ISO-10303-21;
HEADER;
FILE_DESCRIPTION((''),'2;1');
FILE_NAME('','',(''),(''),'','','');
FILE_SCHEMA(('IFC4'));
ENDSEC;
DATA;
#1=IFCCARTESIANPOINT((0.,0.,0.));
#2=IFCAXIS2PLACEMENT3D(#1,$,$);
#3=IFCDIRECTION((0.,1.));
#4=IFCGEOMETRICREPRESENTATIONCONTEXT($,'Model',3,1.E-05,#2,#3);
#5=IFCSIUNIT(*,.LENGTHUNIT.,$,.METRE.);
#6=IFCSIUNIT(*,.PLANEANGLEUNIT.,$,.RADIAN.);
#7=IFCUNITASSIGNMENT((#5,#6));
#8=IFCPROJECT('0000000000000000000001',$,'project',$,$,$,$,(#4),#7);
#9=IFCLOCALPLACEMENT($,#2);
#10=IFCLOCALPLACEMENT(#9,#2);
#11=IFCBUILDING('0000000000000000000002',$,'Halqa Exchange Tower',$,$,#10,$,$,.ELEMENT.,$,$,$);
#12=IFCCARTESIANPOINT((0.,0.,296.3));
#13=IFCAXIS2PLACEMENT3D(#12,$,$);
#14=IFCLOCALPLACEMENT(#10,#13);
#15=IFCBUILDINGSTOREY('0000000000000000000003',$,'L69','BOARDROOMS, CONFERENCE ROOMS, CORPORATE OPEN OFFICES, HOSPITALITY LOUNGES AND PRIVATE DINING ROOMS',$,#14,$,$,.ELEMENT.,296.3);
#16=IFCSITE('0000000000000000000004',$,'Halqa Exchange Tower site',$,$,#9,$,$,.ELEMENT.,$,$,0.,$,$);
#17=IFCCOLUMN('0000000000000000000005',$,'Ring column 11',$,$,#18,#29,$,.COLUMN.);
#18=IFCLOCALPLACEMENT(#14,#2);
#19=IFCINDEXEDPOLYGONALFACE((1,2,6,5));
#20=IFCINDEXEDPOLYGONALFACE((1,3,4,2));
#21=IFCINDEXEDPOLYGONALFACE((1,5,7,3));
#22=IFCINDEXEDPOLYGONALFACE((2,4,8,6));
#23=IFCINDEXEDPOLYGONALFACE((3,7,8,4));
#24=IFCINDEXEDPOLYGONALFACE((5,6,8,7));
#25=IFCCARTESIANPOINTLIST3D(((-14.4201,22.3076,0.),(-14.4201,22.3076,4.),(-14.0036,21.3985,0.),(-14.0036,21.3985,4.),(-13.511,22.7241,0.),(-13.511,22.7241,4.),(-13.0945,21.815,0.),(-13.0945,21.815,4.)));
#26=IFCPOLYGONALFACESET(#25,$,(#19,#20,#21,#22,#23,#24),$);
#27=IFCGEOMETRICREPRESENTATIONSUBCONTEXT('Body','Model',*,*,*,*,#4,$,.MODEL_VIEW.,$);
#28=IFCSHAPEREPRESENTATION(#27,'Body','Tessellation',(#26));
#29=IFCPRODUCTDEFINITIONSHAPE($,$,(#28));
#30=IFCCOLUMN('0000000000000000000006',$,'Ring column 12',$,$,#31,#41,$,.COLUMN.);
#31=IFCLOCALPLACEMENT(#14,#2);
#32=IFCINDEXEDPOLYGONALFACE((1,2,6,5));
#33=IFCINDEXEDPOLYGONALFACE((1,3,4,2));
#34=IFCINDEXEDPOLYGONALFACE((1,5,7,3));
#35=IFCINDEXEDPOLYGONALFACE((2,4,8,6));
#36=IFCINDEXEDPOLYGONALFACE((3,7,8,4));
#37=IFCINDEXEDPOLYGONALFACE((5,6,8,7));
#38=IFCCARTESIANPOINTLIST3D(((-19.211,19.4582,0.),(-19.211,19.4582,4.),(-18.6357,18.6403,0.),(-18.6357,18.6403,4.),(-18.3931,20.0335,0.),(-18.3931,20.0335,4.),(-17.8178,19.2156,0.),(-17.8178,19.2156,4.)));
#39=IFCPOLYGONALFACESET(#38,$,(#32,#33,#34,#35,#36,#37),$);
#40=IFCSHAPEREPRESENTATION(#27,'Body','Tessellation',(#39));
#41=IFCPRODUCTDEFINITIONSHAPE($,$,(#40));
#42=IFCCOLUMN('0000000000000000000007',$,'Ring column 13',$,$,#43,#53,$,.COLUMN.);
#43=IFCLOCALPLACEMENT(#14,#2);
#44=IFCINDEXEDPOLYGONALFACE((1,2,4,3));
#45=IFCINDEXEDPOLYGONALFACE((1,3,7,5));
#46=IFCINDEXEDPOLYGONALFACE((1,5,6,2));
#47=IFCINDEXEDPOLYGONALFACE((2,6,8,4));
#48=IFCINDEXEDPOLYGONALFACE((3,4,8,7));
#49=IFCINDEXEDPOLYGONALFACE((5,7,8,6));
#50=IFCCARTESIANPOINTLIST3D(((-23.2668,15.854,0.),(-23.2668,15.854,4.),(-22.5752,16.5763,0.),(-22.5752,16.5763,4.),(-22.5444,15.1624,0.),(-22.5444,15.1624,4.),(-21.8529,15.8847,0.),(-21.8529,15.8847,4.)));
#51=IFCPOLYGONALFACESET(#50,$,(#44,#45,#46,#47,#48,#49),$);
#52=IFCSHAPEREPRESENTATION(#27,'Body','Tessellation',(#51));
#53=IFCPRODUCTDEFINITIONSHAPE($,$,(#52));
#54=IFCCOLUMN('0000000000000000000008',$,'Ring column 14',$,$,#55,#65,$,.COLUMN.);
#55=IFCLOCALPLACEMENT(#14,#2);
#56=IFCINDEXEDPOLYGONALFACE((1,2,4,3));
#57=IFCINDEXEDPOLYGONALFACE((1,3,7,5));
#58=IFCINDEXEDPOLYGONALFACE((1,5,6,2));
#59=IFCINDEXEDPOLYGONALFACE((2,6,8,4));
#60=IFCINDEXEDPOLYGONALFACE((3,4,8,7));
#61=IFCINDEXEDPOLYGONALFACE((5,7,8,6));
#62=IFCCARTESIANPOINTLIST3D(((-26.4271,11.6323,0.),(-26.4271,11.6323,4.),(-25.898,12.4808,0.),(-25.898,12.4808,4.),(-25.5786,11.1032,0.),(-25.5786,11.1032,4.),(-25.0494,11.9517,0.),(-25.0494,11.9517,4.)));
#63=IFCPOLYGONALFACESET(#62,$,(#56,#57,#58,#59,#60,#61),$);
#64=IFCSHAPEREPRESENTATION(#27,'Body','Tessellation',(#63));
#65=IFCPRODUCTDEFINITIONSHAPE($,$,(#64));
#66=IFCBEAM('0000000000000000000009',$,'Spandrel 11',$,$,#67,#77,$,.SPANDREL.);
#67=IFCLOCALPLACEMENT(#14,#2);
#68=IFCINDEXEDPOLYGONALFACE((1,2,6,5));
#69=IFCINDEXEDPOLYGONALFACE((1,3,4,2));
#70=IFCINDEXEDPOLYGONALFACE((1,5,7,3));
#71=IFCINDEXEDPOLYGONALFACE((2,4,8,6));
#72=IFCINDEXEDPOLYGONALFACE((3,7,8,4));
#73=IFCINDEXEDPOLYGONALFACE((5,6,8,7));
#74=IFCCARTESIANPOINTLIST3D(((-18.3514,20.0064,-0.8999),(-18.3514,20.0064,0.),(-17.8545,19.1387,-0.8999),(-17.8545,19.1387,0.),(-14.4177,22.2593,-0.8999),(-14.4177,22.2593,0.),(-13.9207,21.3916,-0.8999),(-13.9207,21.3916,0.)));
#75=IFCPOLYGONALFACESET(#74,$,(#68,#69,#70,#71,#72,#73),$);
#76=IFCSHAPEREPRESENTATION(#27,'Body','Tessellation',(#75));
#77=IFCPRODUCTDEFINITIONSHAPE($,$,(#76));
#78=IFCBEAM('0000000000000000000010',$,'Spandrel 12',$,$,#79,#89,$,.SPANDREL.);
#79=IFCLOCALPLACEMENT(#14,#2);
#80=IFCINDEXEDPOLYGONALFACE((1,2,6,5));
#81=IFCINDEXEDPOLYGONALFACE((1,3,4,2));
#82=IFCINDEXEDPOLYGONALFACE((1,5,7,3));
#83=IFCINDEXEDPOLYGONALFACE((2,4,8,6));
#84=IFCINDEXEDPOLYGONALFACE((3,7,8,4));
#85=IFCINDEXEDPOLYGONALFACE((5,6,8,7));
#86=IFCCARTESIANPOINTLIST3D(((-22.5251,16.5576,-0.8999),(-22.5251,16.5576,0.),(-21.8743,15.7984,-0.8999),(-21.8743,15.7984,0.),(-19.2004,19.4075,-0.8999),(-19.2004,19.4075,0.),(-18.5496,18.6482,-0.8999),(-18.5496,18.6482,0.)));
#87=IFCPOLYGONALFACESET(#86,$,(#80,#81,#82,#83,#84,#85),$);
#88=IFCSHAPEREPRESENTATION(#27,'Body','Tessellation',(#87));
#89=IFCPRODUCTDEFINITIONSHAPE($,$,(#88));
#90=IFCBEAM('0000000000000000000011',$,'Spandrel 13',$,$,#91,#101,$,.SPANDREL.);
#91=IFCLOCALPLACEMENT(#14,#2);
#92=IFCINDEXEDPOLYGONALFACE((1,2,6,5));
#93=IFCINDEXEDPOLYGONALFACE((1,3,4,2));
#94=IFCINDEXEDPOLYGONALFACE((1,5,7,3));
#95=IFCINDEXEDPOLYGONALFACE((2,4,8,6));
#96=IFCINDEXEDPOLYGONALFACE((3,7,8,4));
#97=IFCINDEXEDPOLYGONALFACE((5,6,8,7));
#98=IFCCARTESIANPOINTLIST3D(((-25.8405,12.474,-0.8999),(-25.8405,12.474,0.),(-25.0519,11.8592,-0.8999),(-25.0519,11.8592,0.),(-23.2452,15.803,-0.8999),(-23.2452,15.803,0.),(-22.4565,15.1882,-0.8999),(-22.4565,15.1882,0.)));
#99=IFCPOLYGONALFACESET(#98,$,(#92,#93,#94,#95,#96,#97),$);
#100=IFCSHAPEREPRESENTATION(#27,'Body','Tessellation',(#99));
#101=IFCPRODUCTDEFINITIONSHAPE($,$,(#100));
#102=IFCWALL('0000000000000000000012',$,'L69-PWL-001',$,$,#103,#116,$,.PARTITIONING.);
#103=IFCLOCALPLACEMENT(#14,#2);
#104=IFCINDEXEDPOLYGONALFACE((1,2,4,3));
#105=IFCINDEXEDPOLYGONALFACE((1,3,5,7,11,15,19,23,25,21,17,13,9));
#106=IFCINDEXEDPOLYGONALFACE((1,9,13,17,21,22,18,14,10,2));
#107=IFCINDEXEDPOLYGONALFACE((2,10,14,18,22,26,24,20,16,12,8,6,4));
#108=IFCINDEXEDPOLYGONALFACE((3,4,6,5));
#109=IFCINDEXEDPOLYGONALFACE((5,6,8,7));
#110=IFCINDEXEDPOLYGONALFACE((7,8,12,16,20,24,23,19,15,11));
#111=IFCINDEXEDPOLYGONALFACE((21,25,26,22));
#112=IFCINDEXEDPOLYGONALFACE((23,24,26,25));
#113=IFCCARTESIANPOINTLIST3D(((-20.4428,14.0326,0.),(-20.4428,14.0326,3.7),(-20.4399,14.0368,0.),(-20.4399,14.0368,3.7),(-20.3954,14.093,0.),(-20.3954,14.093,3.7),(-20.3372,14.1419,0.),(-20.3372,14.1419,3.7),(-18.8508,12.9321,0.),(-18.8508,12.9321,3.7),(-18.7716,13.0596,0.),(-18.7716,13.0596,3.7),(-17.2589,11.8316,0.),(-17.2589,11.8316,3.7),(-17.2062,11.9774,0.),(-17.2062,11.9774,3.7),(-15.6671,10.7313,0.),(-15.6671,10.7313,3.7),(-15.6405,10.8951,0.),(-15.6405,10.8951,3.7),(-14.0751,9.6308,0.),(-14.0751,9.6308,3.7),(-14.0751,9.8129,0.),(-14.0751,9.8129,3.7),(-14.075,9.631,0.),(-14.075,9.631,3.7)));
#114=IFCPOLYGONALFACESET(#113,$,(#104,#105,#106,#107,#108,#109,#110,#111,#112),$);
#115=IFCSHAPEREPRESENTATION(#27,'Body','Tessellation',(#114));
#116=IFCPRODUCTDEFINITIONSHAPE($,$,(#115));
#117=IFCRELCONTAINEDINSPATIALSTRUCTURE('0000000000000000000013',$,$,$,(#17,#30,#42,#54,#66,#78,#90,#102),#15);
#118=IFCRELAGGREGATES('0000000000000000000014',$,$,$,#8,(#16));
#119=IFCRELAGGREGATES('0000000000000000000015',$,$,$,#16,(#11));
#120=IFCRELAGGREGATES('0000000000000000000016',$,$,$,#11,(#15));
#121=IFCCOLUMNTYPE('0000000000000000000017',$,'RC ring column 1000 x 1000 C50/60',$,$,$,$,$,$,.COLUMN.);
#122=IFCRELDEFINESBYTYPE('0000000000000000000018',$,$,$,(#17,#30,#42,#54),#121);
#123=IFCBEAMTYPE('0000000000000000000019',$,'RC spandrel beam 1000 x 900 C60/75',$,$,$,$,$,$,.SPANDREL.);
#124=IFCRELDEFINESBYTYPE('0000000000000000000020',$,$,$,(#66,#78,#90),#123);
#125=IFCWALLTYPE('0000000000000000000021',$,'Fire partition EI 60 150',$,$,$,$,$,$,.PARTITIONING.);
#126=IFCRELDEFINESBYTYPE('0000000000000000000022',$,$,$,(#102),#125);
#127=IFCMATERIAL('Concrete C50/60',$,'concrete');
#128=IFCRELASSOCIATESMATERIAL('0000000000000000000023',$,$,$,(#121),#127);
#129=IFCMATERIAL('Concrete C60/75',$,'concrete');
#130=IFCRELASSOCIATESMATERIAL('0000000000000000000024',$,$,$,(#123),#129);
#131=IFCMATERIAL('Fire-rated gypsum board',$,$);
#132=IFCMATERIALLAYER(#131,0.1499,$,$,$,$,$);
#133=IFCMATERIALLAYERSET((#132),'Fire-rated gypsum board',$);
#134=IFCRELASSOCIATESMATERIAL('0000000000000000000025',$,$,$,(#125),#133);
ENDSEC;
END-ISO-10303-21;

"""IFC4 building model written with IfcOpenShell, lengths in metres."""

from ifc_helpers import new_model, si_unit, direction, frame, origin, origin_2d, place, context, subcontext, project, spatial, polyline, rectangle, outline, extrude, material, layer, layer_set, material_profile, profile_set, type_object, element, save


model = new_model("IFC4")

# Units and contexts
model_context = context("Model", 3, precision=1e-05, world=origin(), true_north=direction((0.0, 1.0)))
body_context = subcontext(model_context, "Body", "Model", "MODEL_VIEW")
ifc_project = project(units=[si_unit("LENGTHUNIT", "METRE"), si_unit("PLANEANGLEUNIT", "RADIAN")], contexts=[model_context])

# Site, building, storey
site_placement = place(None, origin())
site = spatial("IfcSite", under=ifc_project, at=site_placement, Name="Halqa Exchange Tower site", CompositionType="ELEMENT", RefElevation=0.0)
building_placement = place(site_placement, origin())
building = spatial("IfcBuilding", under=site, at=building_placement, Name="Halqa Exchange Tower", CompositionType="ELEMENT")
storey_placement = place(building_placement, frame((0.0, 0.0, 296.3)))
storey = spatial("IfcBuildingStorey", under=building, at=storey_placement, Name="L69", Description="BOARDROOMS, CONFERENCE ROOMS, CORPORATE OPEN OFFICES, HOSPITALITY LOUNGES AND PRIVATE DINING ROOMS", CompositionType="ELEMENT", Elevation=296.3)

# Columns
ifc_material_1 = material(Name="Concrete C50/60", Category="concrete")
ifc_material_profile_1 = material_profile(ifc_material_1, rectangle(XDim=1.0, YDim=1.0, at=origin_2d()), Name="1000 x 1000")
ifc_profile_set_1 = profile_set([ifc_material_profile_1], Name="Concrete C50/60")
column_type = type_object("IfcColumnType", Name="RC ring column 1000 x 1000 C50/60", PredefinedType="COLUMN", material=ifc_profile_set_1)
for number, where, z_axis, x_axis, name in (
    (1, (-13.7573, 22.0613, 0.0), (0.0, 0.0, 1.0), (-0.909129, -0.416516, 0.0), "Ring column 11"),
    (2, (-18.5144, 19.3369, 0.0), (0.0, 0.0, 1.0), (-0.817906, -0.575352, 0.0), "Ring column 12"),
    (3, (-22.5598, 15.8694, 0.0), (0.0, 0.0, 1.0), (-0.691575, -0.722305, 0.0), "Ring column 13"),
    (4, (-25.7383, 11.792, 0.0), (0.0, 0.0, 1.0), (-0.529142, -0.848533, 0.0), "Ring column 14"),
):
    element("IfcColumn", number, at=place(storey_placement, frame(where, z_axis=z_axis, x_axis=x_axis)), inside=storey, type_object=column_type, Name=name, PredefinedType="COLUMN", context=body_context, shape_type="SweptSolid", body=[
        extrude(rectangle(XDim=1.0, YDim=1.0, at=origin_2d()), origin(), (0.0, 0.0, 1.0), 4.0),
    ])

# Beams
ifc_material_2 = material(Name="Concrete C60/75", Category="concrete")
ifc_material_profile_2 = material_profile(ifc_material_2, rectangle(XDim=1.0, YDim=0.8999, at=origin_2d()), Name="1000 x 900")
ifc_profile_set_2 = profile_set([ifc_material_profile_2], Name="Concrete C60/75")
beam_type = type_object("IfcBeamType", Name="RC spandrel beam 1000 x 900 C60/75", PredefinedType="SPANDREL", material=ifc_profile_set_2)
beam_1_placement = place(storey_placement, frame((-14.1692, 21.8254, -0.45), z_axis=(-0.867766, -0.496974, 0.0), x_axis=(0.496974, -0.867766, 0.0)))
element("IfcBeam", 5, at=beam_1_placement, inside=storey, type_object=beam_type, Name="Spandrel 11", PredefinedType="SPANDREL", context=body_context, shape_type="SweptSolid", body=[
    extrude(rectangle(XDim=1.0, YDim=0.8999, at=origin_2d()), origin(), (0.0, 0.0, 1.0), 4.5332),
])
beam_2_placement = place(storey_placement, frame((-18.875, 19.0278, -0.45), z_axis=(-0.759245, -0.650805, 0.0), x_axis=(0.650805, -0.759245, 0.0)))
element("IfcBeam", 6, at=beam_2_placement, inside=storey, type_object=beam_type, Name="Spandrel 12", PredefinedType="SPANDREL", context=body_context, shape_type="SweptSolid", body=[
    extrude(rectangle(XDim=1.0, YDim=0.8999, at=origin_2d()), origin(), (0.0, 0.0, 1.0), 4.3789),
])
beam_3_placement = place(storey_placement, frame((-22.8508, 15.4956, -0.45), z_axis=(-0.614849, -0.788645, 0.0), x_axis=(0.788645, -0.614849, 0.0)))
element("IfcBeam", 7, at=beam_3_placement, inside=storey, type_object=beam_type, Name="Spandrel 13", PredefinedType="SPANDREL", context=body_context, shape_type="SweptSolid", body=[
    extrude(rectangle(XDim=1.0, YDim=0.8999, at=origin_2d()), origin(), (0.0, 0.0, 1.0), 4.2212),
])

# Wall
ifc_material_3 = material(Name="Fire-rated gypsum board")
ifc_layer_1 = layer(ifc_material_3, 0.1499)
ifc_layer_set_1 = layer_set([ifc_layer_1], Name="Fire-rated gypsum board")
wall_type_1 = type_object("IfcWallType", Name="Fire partition EI 60 150", PredefinedType="PARTITIONING", material=ifc_layer_set_1)
wall_1_placement = place(storey_placement, frame((-20.4001, 14.0942, 0.0), z_axis=(0.0, 0.0, 1.0), x_axis=(0.822587, -0.568639, 0.0)))
element("IfcWall", 8, at=wall_1_placement, inside=storey, type_object=wall_type_1, Name="L69-PWL-001", PredefinedType="PARTITIONING", context=body_context, shape_type="SweptSolid", body=[
    extrude(outline(polyline([(7.741, -0.075), (7.741, -0.0747), (7.6375, 0.075), (5.7344, 0.075), (3.8311, 0.075), (1.928, 0.075), (0.0247, 0.075), (0.0046, 0.0017), (0.0, -0.0698), (0.0, -0.075), (1.9353, -0.075), (3.8706, -0.075), (5.8057, -0.075), (7.741, -0.075)])), origin(), (0.0, 0.0, 1.0), 3.7),
])

save(model, "model.ifc")
